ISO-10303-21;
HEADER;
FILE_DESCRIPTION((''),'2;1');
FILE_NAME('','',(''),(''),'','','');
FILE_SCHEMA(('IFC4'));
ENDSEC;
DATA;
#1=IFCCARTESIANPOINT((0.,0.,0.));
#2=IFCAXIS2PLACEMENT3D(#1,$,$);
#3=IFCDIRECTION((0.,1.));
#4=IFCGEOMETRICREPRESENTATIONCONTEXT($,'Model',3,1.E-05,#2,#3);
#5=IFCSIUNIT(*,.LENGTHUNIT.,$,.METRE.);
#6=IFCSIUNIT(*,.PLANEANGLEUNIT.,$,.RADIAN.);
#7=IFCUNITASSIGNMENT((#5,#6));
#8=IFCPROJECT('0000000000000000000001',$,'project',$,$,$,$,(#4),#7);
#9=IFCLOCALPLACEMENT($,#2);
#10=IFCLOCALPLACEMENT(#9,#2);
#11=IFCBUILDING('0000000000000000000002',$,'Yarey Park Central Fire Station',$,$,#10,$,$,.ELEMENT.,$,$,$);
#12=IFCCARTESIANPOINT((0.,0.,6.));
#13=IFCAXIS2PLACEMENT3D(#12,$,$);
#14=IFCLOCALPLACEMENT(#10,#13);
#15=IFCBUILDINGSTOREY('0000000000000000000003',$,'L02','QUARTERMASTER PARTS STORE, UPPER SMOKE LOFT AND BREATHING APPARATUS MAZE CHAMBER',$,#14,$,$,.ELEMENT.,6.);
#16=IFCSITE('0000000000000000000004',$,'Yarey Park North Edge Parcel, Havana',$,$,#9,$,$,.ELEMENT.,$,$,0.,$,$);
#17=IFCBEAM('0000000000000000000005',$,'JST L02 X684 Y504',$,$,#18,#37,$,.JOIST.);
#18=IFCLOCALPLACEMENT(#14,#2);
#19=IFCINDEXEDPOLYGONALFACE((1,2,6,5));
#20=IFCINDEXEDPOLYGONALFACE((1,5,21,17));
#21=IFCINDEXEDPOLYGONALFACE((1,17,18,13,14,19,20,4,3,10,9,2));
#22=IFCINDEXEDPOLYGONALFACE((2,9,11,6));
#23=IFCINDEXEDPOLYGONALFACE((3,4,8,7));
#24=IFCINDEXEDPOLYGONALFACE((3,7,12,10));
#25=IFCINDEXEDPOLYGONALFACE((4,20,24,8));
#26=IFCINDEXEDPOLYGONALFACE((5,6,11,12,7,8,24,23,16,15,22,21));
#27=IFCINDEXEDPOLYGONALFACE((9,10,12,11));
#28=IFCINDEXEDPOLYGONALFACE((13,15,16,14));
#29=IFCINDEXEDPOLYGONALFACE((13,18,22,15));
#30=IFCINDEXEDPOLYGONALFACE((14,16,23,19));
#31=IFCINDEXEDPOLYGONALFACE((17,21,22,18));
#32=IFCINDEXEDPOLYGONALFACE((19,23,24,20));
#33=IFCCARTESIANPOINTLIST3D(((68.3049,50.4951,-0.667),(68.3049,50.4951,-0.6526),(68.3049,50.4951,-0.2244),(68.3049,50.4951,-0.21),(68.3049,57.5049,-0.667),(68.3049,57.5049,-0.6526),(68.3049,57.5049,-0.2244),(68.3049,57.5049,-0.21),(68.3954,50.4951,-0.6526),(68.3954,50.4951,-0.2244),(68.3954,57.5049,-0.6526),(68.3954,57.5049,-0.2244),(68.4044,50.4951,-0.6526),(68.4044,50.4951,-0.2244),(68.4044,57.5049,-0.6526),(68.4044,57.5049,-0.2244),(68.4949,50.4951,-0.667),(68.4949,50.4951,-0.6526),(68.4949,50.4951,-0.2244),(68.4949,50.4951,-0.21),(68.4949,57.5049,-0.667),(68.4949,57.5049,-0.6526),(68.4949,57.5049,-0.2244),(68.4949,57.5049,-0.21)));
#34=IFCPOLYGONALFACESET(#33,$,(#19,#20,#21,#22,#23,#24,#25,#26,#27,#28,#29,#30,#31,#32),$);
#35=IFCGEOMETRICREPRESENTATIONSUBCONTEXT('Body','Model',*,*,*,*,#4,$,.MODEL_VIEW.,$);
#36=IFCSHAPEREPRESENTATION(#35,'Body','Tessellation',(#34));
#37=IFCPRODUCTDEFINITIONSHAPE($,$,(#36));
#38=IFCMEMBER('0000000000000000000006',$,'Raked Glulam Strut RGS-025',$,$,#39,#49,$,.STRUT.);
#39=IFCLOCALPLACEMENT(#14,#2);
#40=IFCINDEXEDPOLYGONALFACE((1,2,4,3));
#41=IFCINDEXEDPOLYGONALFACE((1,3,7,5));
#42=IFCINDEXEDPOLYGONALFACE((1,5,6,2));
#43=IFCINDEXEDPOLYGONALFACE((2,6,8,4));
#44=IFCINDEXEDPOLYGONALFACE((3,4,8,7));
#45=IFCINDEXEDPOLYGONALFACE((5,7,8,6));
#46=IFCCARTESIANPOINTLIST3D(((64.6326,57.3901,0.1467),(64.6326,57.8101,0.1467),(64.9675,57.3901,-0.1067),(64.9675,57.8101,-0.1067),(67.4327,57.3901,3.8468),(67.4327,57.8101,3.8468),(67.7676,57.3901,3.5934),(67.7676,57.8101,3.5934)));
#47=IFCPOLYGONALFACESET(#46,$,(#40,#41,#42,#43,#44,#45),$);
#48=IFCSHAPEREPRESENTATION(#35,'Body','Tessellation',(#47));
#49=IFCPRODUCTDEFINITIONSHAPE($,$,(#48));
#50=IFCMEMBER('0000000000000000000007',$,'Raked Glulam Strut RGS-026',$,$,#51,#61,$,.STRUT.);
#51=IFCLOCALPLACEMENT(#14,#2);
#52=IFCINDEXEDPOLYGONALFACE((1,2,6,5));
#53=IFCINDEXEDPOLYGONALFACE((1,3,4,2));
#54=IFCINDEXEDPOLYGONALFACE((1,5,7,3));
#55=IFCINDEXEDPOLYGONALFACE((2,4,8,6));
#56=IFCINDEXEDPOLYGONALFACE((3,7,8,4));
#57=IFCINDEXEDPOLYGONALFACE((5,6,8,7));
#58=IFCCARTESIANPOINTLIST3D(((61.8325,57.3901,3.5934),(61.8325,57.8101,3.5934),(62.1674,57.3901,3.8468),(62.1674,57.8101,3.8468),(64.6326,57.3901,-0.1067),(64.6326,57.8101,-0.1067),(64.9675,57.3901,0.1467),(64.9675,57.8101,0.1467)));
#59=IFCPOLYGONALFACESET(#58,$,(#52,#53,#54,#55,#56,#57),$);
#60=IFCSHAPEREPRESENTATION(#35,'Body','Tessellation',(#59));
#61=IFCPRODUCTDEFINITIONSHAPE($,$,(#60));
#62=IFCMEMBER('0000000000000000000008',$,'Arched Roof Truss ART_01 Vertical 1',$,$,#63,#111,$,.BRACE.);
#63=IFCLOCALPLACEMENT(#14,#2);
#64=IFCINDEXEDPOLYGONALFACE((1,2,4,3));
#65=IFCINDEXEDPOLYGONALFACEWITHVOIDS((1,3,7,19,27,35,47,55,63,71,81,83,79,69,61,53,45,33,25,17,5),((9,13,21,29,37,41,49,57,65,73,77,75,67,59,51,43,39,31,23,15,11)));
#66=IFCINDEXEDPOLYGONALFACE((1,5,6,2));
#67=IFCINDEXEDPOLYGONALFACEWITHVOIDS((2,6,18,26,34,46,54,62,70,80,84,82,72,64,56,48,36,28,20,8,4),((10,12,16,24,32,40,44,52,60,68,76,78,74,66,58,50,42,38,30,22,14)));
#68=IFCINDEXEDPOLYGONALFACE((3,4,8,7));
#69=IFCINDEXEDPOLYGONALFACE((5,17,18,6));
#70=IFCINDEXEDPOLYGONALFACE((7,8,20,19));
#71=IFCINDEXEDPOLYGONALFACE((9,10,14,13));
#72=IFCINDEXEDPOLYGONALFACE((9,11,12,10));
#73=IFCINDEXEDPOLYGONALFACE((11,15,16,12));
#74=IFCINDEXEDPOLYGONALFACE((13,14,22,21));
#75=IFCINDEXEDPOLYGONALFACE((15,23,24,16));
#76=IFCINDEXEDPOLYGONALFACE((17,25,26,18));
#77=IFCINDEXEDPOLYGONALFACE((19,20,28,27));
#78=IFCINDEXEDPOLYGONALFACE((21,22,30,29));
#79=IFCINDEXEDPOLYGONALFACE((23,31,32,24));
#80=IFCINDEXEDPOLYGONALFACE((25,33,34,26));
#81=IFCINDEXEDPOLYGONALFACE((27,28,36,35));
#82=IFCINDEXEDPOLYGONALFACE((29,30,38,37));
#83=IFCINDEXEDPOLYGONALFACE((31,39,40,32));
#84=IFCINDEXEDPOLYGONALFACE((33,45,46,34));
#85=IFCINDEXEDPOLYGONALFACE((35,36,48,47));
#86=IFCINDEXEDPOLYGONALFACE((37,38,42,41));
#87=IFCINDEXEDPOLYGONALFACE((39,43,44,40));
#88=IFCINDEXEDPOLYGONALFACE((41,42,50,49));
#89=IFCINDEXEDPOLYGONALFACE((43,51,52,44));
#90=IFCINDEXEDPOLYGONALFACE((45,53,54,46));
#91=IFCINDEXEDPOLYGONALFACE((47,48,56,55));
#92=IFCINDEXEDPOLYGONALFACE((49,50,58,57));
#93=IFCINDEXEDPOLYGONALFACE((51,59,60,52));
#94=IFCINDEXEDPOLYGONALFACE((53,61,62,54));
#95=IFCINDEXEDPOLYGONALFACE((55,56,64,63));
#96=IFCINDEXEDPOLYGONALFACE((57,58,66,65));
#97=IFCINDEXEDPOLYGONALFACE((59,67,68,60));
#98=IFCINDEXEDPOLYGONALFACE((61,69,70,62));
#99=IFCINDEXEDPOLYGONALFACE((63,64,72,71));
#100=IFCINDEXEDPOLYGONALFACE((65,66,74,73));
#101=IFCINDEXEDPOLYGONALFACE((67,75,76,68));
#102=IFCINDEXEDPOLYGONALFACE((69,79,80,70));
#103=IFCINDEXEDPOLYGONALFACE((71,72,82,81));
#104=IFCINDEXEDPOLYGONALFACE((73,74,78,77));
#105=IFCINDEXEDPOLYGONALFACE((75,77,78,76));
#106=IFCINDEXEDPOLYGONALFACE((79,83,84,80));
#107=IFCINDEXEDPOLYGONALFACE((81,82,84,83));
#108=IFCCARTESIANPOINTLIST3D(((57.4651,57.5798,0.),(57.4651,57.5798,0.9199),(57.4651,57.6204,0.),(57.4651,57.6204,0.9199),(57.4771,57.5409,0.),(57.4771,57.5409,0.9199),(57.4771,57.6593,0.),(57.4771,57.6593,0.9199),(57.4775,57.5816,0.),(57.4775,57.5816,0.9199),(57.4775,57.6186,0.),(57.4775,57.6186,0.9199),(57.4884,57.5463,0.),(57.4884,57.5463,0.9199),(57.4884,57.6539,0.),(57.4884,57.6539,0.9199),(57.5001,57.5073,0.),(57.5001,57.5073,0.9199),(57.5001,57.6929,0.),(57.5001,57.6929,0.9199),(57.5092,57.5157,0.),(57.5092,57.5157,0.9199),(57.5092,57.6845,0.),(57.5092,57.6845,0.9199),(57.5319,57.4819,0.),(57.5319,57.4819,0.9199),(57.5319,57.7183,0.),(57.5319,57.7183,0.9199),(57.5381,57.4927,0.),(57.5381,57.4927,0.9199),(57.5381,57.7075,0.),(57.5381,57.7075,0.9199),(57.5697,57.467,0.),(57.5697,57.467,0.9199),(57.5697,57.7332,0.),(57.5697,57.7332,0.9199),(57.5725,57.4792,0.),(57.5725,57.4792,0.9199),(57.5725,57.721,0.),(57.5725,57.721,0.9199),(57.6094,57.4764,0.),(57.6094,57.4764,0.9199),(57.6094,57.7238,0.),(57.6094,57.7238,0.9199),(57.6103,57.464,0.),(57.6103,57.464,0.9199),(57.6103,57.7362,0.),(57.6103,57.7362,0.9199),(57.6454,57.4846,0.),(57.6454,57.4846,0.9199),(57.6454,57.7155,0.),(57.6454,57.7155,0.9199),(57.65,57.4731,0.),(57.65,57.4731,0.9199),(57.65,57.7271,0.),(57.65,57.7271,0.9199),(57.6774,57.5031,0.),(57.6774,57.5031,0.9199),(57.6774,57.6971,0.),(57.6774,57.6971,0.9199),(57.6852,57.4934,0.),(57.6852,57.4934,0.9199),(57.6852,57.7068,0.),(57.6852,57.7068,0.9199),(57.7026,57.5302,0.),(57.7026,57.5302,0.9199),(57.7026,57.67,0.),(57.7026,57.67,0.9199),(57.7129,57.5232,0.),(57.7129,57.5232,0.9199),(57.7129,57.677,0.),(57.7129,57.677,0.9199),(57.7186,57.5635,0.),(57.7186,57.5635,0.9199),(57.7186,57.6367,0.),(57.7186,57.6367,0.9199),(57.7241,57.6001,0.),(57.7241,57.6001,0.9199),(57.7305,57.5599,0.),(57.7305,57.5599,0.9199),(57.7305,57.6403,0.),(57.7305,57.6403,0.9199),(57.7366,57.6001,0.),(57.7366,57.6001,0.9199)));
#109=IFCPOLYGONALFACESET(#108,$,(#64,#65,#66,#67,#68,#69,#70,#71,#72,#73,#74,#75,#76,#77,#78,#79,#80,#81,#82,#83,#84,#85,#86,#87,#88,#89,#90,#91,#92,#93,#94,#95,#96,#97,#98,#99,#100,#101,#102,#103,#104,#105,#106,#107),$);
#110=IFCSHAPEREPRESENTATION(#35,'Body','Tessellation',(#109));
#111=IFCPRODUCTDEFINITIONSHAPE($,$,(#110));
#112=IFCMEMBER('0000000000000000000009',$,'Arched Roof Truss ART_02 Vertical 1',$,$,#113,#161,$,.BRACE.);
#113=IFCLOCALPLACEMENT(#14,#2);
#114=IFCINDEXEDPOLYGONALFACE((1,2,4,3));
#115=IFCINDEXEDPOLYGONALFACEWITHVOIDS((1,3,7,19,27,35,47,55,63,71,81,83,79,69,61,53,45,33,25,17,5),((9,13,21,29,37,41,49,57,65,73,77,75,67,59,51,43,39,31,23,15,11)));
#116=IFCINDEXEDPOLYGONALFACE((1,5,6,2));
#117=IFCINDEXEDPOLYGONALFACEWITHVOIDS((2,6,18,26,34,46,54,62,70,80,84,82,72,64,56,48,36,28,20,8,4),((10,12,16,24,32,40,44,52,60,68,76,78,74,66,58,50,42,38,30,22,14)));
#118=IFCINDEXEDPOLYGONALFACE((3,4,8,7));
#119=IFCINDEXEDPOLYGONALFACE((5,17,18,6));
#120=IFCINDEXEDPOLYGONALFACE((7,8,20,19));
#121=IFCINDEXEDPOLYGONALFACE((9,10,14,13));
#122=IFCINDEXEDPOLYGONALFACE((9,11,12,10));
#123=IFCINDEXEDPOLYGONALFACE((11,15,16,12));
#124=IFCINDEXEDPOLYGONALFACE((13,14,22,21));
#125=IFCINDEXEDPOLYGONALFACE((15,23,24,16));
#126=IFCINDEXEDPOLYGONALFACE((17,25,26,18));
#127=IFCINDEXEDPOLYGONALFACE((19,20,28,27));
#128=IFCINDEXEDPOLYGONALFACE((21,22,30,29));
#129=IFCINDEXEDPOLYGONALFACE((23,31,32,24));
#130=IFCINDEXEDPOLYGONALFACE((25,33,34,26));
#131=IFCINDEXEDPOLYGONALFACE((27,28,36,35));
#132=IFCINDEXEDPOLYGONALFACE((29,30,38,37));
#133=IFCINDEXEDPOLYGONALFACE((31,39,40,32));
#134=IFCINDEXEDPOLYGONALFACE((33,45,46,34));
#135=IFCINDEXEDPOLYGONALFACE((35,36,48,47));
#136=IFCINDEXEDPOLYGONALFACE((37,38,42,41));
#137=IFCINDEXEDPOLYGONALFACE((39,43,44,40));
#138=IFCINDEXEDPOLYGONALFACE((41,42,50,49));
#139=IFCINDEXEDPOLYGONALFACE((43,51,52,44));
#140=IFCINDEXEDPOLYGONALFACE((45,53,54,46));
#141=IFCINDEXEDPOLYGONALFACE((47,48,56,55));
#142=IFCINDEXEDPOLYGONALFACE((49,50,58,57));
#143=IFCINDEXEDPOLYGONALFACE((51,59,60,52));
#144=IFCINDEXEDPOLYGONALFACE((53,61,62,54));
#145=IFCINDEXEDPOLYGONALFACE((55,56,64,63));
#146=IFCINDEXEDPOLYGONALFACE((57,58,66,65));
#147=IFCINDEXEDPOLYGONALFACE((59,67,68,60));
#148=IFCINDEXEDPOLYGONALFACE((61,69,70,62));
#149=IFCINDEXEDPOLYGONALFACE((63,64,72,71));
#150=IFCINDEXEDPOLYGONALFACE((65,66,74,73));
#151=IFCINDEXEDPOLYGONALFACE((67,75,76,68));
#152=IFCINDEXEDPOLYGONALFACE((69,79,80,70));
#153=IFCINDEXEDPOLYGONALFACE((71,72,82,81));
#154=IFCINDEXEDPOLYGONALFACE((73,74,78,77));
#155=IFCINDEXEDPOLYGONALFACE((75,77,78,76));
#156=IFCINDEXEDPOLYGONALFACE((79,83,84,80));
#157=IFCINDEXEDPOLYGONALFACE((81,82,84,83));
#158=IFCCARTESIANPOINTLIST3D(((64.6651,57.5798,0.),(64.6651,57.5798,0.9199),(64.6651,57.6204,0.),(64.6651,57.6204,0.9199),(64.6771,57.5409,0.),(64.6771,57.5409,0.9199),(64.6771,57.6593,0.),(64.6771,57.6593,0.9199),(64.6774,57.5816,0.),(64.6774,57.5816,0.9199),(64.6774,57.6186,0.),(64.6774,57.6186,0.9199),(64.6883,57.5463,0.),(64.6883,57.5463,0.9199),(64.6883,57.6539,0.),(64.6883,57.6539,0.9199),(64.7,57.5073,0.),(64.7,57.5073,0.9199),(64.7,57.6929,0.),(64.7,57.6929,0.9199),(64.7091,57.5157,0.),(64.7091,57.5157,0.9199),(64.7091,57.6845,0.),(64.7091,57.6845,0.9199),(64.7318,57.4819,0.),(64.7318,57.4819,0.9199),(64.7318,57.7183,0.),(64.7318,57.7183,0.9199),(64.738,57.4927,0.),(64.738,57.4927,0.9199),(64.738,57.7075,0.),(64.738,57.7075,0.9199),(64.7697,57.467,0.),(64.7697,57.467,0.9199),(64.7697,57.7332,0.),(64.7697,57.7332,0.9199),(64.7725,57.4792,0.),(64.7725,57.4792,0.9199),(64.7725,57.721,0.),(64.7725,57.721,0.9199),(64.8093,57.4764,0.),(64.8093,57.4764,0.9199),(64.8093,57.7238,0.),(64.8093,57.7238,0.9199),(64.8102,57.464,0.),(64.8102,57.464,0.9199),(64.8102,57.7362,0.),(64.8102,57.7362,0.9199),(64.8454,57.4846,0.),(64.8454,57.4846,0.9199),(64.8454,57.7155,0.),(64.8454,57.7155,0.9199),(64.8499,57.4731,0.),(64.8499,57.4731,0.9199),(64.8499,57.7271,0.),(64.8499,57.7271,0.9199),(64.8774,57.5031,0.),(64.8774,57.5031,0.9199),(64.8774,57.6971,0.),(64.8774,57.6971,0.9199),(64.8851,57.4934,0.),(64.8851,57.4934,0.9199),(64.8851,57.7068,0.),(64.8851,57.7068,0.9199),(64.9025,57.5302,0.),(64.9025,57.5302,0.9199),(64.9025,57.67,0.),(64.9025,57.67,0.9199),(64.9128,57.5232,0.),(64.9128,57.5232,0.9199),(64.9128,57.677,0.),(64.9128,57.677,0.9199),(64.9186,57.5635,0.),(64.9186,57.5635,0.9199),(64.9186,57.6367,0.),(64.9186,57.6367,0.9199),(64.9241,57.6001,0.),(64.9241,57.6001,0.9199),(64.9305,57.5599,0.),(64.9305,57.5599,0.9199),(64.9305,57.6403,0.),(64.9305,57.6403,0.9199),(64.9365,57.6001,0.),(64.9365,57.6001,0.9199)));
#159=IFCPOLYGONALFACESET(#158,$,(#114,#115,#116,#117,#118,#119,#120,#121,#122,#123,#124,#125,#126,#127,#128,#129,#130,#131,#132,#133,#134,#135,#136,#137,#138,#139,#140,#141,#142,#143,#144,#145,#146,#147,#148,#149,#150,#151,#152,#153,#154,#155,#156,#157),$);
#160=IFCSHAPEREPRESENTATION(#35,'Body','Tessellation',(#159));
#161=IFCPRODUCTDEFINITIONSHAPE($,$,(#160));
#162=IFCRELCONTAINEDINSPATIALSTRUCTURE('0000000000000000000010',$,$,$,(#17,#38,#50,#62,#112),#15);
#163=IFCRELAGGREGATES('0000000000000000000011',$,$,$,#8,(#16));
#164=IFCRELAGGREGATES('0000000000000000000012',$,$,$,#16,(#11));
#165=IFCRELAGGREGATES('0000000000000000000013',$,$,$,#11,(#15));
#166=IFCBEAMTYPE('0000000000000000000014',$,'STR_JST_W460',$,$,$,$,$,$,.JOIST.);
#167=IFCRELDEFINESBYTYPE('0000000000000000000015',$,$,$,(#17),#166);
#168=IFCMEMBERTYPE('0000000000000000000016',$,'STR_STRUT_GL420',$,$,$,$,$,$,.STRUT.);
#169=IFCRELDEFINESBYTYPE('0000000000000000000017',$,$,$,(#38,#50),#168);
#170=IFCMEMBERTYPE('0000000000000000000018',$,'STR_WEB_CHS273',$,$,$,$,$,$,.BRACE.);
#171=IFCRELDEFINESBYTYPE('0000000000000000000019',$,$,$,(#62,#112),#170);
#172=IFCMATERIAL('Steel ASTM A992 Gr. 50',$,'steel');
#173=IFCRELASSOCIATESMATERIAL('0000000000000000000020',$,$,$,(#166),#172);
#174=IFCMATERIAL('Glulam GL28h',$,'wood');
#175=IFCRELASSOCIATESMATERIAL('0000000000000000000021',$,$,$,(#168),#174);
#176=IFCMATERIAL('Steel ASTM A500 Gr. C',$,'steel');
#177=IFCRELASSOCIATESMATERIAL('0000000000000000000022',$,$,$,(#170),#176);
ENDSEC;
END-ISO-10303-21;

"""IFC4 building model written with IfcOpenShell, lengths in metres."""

from ifc_helpers import new_model, si_unit, direction, frame, origin, origin_2d, place, context, subcontext, project, spatial, rectangle, hollow_circle, i_section, extrude, material, material_profile, profile_set, type_object, element, save


model = new_model("IFC4")

# Units and contexts
model_context = context("Model", 3, precision=1e-05, world=origin(), true_north=direction((0.0, 1.0)))
body_context = subcontext(model_context, "Body", "Model", "MODEL_VIEW")
ifc_project = project(units=[si_unit("LENGTHUNIT", "METRE"), si_unit("PLANEANGLEUNIT", "RADIAN")], contexts=[model_context])

# Site, building, storey
site_placement = place(None, origin())
site = spatial("IfcSite", under=ifc_project, at=site_placement, Name="Yarey Park North Edge Parcel, Havana", CompositionType="ELEMENT", RefElevation=0.0)
building_placement = place(site_placement, origin())
building = spatial("IfcBuilding", under=site, at=building_placement, Name="Yarey Park Central Fire Station", CompositionType="ELEMENT")
storey_placement = place(building_placement, frame((0.0, 0.0, 6.0)))
storey = spatial("IfcBuildingStorey", under=building, at=storey_placement, Name="L02", Description="QUARTERMASTER PARTS STORE, UPPER SMOKE LOFT AND BREATHING APPARATUS MAZE CHAMBER", CompositionType="ELEMENT", Elevation=6.0)

# Shared definitions
ifc_material_1 = material(Name="Steel ASTM A992 Gr. 50", Category="steel")

# Shared definitions
ifc_material_2 = material(Name="Steel ASTM A500 Gr. C", Category="steel")

# Beam
ifc_material_profile_1 = material_profile(ifc_material_1, i_section(OverallWidth=0.1899, OverallDepth=0.457, WebThickness=0.009, FlangeThickness=0.0144, at=origin_2d()), Name="W460x74")
ifc_profile_set_1 = profile_set([ifc_material_profile_1], Name="Steel ASTM A992 Gr. 50")
beam_type_1 = type_object("IfcBeamType", Name="STR_JST_W460", PredefinedType="JOIST", material=ifc_profile_set_1)
beam_1_placement = place(storey_placement, frame((68.3999, 50.4951, -0.4385), z_axis=(0.0, 1.0, 0.0), x_axis=(-1.0, 0.0, 0.0)))
element("IfcBeam", 1, at=beam_1_placement, inside=storey, type_object=beam_type_1, Name="JST L02 X684 Y504", PredefinedType="JOIST", context=body_context, shape_type="SweptSolid", body=[
    extrude(i_section(OverallWidth=0.1899, OverallDepth=0.457, WebThickness=0.009, FlangeThickness=0.0144, at=origin_2d()), origin(), (0.0, 0.0, 1.0), 7.0098),
])

# Members
ifc_material_3 = material(Name="Glulam GL28h", Category="wood")
ifc_material_profile_2 = material_profile(ifc_material_3, rectangle(XDim=0.4199, YDim=0.4199, at=origin_2d()), Name="GL 420x420")
ifc_profile_set_2 = profile_set([ifc_material_profile_2], Name="Glulam GL28h")
member_type_1 = type_object("IfcMemberType", Name="STR_STRUT_GL420", PredefinedType="STRUT", material=ifc_profile_set_2)
for number, where, z_axis, x_axis, name in (
    (2, (64.8, 57.6001, 0.02), (0.603454, 0.0, 0.797397), (0.0, 1.0, 0.0), "Raked Glulam Strut RGS-025"),
    (3, (64.8, 57.6001, 0.02), (-0.603454, 0.0, 0.797397), (0.0, -1.0, 0.0), "Raked Glulam Strut RGS-026"),
):
    element("IfcMember", number, at=place(storey_placement, frame(where, z_axis=z_axis, x_axis=x_axis)), inside=storey, type_object=member_type_1, Name=name, PredefinedType="STRUT", context=body_context, shape_type="SweptSolid", body=[
        extrude(rectangle(XDim=0.4199, YDim=0.4199, at=origin_2d()), origin(), (0.0, 0.0, 1.0), 4.6401),
    ])
ifc_material_profile_3 = material_profile(ifc_material_2, hollow_circle(Radius=0.1365, WallThickness=0.0125, at=origin_2d()), Name="CHS 273x12.5")
ifc_profile_set_3 = profile_set([ifc_material_profile_3], Name="Steel ASTM A500 Gr. C")
member_type_2 = type_object("IfcMemberType", Name="STR_WEB_CHS273", PredefinedType="BRACE", material=ifc_profile_set_3)
for number, where, z_axis, x_axis, name in (
    (4, (57.6001, 57.6001, 0.0), (0.0, 0.0, 1.0), (1.0, 0.0, 0.0), "Arched Roof Truss ART_01 Vertical 1"),
    (5, (64.8, 57.6001, 0.0), (0.0, 0.0, 1.0), (1.0, 0.0, 0.0), "Arched Roof Truss ART_02 Vertical 1"),
):
    element("IfcMember", number, at=place(storey_placement, frame(where, z_axis=z_axis, x_axis=x_axis)), inside=storey, type_object=member_type_2, Name=name, PredefinedType="BRACE", context=body_context, shape_type="SweptSolid", body=[
        extrude(hollow_circle(Radius=0.1365, WallThickness=0.0125, at=origin_2d()), origin(), (0.0, 0.0, 1.0), 0.9199),
    ])

save(model, "model.ifc")
